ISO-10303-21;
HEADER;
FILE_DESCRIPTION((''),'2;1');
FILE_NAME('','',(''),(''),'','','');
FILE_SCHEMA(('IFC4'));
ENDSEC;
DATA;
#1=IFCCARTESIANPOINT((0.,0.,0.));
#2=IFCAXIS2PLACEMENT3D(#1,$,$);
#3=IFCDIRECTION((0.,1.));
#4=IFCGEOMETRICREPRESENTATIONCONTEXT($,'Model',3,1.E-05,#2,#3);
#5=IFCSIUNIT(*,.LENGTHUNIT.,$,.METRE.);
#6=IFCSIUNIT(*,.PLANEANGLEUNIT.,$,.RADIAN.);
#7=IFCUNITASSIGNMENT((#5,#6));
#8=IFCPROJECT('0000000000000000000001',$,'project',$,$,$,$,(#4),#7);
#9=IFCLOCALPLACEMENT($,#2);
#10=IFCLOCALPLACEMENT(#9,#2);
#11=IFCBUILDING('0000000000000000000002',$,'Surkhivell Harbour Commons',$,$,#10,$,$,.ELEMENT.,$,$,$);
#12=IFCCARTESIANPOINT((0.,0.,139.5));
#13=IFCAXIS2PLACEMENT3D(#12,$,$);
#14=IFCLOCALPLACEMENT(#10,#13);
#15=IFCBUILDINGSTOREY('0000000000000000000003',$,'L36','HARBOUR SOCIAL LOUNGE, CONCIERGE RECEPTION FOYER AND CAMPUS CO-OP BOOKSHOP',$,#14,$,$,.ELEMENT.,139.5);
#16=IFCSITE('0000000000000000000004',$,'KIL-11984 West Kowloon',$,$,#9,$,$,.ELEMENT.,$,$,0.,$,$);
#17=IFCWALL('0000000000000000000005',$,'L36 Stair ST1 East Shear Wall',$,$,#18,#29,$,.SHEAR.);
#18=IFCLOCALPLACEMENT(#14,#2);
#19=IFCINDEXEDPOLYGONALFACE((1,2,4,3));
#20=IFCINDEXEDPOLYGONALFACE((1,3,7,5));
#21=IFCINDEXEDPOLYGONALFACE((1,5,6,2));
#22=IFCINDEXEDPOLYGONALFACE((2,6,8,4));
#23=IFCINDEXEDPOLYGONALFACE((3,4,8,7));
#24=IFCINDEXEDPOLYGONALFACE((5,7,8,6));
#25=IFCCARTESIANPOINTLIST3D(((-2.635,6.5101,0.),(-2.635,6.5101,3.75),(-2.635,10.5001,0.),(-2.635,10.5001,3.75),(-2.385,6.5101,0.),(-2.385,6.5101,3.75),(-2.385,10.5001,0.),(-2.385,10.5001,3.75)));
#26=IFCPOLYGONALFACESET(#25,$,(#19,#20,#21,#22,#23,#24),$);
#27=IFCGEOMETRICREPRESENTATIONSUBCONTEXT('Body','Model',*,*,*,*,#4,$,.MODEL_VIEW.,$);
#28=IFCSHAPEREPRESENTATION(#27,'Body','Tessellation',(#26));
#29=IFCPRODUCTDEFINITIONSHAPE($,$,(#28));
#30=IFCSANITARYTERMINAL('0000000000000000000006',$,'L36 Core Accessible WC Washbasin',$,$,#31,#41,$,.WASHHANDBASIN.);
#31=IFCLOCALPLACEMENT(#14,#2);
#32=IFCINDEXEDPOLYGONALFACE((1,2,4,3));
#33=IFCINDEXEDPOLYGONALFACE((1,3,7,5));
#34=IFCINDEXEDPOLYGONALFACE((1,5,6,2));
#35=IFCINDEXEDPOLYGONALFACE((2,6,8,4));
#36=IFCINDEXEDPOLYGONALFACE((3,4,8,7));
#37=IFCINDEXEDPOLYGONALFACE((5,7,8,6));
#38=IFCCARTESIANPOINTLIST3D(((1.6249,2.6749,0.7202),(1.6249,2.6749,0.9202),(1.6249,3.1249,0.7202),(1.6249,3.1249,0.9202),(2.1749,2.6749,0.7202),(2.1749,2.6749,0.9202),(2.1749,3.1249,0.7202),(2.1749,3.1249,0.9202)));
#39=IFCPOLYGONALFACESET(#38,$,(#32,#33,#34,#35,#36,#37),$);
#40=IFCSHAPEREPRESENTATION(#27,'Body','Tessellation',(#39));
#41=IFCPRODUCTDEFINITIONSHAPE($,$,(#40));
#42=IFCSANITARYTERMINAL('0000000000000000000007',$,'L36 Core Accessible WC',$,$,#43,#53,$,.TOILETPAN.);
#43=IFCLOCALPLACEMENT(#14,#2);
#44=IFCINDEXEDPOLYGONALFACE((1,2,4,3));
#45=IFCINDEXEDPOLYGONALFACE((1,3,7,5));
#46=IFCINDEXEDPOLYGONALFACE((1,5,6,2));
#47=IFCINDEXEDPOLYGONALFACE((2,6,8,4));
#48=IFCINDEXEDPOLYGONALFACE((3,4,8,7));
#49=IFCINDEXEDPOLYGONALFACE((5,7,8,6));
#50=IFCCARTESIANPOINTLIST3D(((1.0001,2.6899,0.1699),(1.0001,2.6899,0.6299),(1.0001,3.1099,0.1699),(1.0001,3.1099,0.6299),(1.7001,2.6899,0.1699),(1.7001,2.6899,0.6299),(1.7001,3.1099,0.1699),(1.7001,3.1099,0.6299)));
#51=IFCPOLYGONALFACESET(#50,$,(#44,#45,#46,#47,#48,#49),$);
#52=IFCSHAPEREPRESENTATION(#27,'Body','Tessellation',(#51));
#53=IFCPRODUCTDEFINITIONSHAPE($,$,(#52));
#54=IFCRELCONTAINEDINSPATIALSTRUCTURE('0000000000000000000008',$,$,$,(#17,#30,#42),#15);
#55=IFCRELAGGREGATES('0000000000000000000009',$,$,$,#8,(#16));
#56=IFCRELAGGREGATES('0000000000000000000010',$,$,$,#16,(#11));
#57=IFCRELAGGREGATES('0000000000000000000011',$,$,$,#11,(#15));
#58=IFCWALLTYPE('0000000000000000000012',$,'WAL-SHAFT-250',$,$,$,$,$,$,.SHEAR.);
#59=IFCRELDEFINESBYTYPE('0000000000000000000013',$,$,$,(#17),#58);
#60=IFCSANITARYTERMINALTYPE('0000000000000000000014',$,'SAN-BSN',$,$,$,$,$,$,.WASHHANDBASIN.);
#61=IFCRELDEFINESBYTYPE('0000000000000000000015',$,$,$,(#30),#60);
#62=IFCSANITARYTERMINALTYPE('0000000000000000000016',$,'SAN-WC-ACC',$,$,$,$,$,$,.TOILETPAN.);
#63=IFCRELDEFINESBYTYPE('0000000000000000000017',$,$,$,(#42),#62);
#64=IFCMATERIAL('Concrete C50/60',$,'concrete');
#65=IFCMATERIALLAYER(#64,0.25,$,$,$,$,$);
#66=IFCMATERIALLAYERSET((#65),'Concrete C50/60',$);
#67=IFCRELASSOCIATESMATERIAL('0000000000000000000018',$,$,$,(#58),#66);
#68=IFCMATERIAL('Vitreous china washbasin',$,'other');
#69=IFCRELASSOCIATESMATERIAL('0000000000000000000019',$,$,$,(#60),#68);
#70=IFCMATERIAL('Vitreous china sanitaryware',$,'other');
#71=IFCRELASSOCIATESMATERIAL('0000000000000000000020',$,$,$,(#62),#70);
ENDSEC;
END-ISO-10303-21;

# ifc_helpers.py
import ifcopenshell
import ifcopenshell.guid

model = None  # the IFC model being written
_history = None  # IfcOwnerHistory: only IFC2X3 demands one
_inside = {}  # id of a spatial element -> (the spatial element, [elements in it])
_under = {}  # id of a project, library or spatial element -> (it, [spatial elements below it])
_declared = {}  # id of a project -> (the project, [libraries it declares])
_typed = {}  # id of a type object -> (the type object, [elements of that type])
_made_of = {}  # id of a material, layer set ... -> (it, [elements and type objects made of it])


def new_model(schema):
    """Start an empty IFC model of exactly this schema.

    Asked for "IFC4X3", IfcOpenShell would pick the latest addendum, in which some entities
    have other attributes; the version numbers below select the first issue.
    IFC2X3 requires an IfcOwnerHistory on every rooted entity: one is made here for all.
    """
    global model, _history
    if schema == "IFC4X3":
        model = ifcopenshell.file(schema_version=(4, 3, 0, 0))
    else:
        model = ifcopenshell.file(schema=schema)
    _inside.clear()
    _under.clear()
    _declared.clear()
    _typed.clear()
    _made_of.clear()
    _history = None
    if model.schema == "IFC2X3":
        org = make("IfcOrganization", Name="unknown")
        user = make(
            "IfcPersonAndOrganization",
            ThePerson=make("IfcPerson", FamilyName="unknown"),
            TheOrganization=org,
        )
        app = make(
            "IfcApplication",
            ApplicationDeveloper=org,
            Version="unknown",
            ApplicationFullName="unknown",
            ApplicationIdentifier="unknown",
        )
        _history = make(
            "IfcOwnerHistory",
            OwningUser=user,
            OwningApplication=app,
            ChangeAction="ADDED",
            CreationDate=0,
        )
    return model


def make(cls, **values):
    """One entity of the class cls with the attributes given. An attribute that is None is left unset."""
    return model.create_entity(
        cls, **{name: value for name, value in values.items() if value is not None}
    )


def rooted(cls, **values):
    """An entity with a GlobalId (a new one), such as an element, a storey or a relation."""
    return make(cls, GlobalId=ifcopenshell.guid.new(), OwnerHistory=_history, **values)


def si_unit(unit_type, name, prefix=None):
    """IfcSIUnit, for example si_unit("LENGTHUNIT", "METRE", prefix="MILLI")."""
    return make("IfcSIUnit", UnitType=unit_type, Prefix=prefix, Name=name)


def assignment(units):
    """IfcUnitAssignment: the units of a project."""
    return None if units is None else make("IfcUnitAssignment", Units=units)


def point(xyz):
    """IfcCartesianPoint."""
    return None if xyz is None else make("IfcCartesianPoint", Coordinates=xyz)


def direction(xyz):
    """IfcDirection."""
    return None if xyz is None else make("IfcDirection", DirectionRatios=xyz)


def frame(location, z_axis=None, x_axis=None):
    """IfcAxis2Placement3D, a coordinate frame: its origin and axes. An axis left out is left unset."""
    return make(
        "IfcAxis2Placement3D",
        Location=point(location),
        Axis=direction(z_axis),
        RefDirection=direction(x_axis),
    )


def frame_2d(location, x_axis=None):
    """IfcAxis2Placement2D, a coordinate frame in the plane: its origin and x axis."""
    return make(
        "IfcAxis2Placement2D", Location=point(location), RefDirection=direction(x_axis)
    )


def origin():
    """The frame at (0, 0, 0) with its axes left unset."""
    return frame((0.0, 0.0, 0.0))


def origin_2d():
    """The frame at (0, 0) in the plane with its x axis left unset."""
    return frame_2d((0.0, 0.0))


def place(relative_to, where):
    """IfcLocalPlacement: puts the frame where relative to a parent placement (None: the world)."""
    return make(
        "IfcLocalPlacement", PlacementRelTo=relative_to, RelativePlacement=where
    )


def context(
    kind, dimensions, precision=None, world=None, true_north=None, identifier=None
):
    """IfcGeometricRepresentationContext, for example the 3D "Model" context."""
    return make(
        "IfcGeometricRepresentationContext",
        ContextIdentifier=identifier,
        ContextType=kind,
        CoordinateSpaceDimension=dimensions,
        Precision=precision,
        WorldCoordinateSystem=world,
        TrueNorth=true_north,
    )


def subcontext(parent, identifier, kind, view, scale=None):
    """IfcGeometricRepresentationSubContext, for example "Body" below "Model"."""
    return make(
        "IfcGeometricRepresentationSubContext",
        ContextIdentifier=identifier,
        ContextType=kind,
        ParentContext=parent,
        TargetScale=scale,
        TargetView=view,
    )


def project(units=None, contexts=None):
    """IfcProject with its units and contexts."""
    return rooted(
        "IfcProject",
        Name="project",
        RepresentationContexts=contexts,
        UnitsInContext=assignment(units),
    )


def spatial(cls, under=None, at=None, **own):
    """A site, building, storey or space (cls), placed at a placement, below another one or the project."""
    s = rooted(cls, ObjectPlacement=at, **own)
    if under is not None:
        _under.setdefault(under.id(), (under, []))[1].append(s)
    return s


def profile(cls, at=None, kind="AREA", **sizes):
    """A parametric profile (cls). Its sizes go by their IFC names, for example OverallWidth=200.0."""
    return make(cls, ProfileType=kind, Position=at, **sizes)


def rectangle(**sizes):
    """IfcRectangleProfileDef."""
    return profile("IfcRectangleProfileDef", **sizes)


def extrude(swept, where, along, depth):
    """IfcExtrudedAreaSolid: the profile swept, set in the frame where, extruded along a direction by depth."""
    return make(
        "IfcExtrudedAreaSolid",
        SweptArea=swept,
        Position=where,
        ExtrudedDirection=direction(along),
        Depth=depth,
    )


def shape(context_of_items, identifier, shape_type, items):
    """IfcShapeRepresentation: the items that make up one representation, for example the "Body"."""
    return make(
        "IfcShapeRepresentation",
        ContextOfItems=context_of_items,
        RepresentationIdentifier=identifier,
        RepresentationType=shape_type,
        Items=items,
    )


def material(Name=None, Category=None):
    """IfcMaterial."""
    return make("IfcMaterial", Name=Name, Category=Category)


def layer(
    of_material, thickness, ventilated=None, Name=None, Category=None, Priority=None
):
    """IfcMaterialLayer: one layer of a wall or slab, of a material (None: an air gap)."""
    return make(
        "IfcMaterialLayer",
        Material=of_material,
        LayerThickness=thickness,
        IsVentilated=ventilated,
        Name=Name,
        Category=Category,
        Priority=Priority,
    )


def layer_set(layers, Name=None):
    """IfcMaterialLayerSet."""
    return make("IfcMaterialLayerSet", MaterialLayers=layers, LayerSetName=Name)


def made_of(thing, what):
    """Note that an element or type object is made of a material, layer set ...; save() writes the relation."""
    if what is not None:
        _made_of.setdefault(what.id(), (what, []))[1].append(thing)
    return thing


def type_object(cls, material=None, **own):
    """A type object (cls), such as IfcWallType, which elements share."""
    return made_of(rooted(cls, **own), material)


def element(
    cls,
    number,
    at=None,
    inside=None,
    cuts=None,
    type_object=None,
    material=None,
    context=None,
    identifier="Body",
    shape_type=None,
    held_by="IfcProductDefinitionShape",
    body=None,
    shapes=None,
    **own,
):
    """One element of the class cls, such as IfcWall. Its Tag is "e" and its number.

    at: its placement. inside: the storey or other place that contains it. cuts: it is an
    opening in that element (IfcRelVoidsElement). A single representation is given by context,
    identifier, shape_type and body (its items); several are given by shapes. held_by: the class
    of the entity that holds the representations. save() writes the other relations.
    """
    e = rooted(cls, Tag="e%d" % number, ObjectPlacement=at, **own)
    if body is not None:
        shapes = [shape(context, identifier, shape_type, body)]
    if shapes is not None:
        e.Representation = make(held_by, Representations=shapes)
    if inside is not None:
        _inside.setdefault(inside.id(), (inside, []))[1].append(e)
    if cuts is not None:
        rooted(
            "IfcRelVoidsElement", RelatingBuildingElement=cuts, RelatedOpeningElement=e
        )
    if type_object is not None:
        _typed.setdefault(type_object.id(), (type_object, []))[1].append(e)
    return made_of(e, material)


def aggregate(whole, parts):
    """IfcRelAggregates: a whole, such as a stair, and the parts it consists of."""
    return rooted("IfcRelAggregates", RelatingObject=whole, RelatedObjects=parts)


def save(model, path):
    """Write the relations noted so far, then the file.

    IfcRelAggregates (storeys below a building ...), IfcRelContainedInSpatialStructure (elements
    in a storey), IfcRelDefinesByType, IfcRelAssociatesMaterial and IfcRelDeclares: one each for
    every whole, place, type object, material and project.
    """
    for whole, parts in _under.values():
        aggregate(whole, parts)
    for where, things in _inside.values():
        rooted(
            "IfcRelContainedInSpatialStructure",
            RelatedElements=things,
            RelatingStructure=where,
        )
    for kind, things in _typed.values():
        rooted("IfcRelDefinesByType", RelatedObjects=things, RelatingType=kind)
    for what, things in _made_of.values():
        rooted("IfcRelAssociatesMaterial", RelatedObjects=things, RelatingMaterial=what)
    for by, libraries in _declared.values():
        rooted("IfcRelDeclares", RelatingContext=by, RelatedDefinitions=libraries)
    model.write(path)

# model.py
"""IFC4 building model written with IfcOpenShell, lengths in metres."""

from ifc_helpers import new_model, si_unit, direction, frame, frame_2d, origin, origin_2d, place, context, subcontext, project, spatial, rectangle, extrude, material, layer, layer_set, type_object, element, save


model = new_model("IFC4")

# Units and contexts
model_context = context("Model", 3, precision=1e-05, world=origin(), true_north=direction((0.0, 1.0)))
body_context = subcontext(model_context, "Body", "Model", "MODEL_VIEW")
ifc_project = project(units=[si_unit("LENGTHUNIT", "METRE"), si_unit("PLANEANGLEUNIT", "RADIAN")], contexts=[model_context])

# Site, building, storey
site_placement = place(None, origin())
site = spatial("IfcSite", under=ifc_project, at=site_placement, Name="KIL-11984 West Kowloon", CompositionType="ELEMENT", RefElevation=0.0)
building_placement = place(site_placement, origin())
building = spatial("IfcBuilding", under=site, at=building_placement, Name="Surkhivell Harbour Commons", CompositionType="ELEMENT")
storey_placement = place(building_placement, frame((0.0, 0.0, 139.5)))
storey = spatial("IfcBuildingStorey", under=building, at=storey_placement, Name="L36", Description="HARBOUR SOCIAL LOUNGE, CONCIERGE RECEPTION FOYER AND CAMPUS CO-OP BOOKSHOP", CompositionType="ELEMENT", Elevation=139.5)

# Shared definitions
ifc_material_1 = material(Name="Concrete C50/60", Category="concrete")
ifc_layer_1 = layer(ifc_material_1, 0.25)
ifc_layer_set_1 = layer_set([ifc_layer_1], Name="Concrete C50/60")
wall_type_1 = type_object("IfcWallType", Name="WAL-SHAFT-250", PredefinedType="SHEAR", material=ifc_layer_set_1)

# Wall
wall_1_placement = place(storey_placement, frame((-2.51, 6.51, 0.0), z_axis=(0.0, 0.0, 1.0), x_axis=(0.0, 1.0, 0.0)))
element("IfcWall", 1, at=wall_1_placement, inside=storey, type_object=wall_type_1, Name="L36 Stair ST1 East Shear Wall", PredefinedType="SHEAR", context=body_context, shape_type="SweptSolid", body=[
    extrude(rectangle(XDim=3.99, YDim=0.25, at=frame_2d((1.9951, 0.0))), origin(), (0.0, 0.0, 1.0), 3.75),
])

# Sanitary terminals
ifc_material_2 = material(Name="Vitreous china washbasin", Category="other")
sanitary_terminal_type_1 = type_object("IfcSanitaryTerminalType", Name="SAN-BSN", PredefinedType="WASHHANDBASIN", material=ifc_material_2)
sanitary_terminal_1_placement = place(storey_placement, frame((1.8999, 2.8999, 0.7202), z_axis=(0.0, 0.0, 1.0), x_axis=(1.0, 0.0, 0.0)))
element("IfcSanitaryTerminal", 2, at=sanitary_terminal_1_placement, inside=storey, type_object=sanitary_terminal_type_1, Name="L36 Core Accessible WC Washbasin", PredefinedType="WASHHANDBASIN", context=body_context, shape_type="SweptSolid", body=[
    extrude(rectangle(XDim=0.55, YDim=0.45, at=origin_2d()), origin(), (0.0, 0.0, 1.0), 0.2),
])
ifc_material_3 = material(Name="Vitreous china sanitaryware", Category="other")
sanitary_terminal_type_2 = type_object("IfcSanitaryTerminalType", Name="SAN-WC-ACC", PredefinedType="TOILETPAN", material=ifc_material_3)
sanitary_terminal_2_placement = place(storey_placement, frame((1.3501, 2.8999, 0.1699), z_axis=(0.0, 0.0, 1.0), x_axis=(1.0, 0.0, 0.0)))
element("IfcSanitaryTerminal", 3, at=sanitary_terminal_2_placement, inside=storey, type_object=sanitary_terminal_type_2, Name="L36 Core Accessible WC", PredefinedType="TOILETPAN", context=body_context, shape_type="SweptSolid", body=[
    extrude(rectangle(XDim=0.7, YDim=0.4199, at=origin_2d()), origin(), (0.0, 0.0, 1.0), 0.46),
])

save(model, "model.ifc")
